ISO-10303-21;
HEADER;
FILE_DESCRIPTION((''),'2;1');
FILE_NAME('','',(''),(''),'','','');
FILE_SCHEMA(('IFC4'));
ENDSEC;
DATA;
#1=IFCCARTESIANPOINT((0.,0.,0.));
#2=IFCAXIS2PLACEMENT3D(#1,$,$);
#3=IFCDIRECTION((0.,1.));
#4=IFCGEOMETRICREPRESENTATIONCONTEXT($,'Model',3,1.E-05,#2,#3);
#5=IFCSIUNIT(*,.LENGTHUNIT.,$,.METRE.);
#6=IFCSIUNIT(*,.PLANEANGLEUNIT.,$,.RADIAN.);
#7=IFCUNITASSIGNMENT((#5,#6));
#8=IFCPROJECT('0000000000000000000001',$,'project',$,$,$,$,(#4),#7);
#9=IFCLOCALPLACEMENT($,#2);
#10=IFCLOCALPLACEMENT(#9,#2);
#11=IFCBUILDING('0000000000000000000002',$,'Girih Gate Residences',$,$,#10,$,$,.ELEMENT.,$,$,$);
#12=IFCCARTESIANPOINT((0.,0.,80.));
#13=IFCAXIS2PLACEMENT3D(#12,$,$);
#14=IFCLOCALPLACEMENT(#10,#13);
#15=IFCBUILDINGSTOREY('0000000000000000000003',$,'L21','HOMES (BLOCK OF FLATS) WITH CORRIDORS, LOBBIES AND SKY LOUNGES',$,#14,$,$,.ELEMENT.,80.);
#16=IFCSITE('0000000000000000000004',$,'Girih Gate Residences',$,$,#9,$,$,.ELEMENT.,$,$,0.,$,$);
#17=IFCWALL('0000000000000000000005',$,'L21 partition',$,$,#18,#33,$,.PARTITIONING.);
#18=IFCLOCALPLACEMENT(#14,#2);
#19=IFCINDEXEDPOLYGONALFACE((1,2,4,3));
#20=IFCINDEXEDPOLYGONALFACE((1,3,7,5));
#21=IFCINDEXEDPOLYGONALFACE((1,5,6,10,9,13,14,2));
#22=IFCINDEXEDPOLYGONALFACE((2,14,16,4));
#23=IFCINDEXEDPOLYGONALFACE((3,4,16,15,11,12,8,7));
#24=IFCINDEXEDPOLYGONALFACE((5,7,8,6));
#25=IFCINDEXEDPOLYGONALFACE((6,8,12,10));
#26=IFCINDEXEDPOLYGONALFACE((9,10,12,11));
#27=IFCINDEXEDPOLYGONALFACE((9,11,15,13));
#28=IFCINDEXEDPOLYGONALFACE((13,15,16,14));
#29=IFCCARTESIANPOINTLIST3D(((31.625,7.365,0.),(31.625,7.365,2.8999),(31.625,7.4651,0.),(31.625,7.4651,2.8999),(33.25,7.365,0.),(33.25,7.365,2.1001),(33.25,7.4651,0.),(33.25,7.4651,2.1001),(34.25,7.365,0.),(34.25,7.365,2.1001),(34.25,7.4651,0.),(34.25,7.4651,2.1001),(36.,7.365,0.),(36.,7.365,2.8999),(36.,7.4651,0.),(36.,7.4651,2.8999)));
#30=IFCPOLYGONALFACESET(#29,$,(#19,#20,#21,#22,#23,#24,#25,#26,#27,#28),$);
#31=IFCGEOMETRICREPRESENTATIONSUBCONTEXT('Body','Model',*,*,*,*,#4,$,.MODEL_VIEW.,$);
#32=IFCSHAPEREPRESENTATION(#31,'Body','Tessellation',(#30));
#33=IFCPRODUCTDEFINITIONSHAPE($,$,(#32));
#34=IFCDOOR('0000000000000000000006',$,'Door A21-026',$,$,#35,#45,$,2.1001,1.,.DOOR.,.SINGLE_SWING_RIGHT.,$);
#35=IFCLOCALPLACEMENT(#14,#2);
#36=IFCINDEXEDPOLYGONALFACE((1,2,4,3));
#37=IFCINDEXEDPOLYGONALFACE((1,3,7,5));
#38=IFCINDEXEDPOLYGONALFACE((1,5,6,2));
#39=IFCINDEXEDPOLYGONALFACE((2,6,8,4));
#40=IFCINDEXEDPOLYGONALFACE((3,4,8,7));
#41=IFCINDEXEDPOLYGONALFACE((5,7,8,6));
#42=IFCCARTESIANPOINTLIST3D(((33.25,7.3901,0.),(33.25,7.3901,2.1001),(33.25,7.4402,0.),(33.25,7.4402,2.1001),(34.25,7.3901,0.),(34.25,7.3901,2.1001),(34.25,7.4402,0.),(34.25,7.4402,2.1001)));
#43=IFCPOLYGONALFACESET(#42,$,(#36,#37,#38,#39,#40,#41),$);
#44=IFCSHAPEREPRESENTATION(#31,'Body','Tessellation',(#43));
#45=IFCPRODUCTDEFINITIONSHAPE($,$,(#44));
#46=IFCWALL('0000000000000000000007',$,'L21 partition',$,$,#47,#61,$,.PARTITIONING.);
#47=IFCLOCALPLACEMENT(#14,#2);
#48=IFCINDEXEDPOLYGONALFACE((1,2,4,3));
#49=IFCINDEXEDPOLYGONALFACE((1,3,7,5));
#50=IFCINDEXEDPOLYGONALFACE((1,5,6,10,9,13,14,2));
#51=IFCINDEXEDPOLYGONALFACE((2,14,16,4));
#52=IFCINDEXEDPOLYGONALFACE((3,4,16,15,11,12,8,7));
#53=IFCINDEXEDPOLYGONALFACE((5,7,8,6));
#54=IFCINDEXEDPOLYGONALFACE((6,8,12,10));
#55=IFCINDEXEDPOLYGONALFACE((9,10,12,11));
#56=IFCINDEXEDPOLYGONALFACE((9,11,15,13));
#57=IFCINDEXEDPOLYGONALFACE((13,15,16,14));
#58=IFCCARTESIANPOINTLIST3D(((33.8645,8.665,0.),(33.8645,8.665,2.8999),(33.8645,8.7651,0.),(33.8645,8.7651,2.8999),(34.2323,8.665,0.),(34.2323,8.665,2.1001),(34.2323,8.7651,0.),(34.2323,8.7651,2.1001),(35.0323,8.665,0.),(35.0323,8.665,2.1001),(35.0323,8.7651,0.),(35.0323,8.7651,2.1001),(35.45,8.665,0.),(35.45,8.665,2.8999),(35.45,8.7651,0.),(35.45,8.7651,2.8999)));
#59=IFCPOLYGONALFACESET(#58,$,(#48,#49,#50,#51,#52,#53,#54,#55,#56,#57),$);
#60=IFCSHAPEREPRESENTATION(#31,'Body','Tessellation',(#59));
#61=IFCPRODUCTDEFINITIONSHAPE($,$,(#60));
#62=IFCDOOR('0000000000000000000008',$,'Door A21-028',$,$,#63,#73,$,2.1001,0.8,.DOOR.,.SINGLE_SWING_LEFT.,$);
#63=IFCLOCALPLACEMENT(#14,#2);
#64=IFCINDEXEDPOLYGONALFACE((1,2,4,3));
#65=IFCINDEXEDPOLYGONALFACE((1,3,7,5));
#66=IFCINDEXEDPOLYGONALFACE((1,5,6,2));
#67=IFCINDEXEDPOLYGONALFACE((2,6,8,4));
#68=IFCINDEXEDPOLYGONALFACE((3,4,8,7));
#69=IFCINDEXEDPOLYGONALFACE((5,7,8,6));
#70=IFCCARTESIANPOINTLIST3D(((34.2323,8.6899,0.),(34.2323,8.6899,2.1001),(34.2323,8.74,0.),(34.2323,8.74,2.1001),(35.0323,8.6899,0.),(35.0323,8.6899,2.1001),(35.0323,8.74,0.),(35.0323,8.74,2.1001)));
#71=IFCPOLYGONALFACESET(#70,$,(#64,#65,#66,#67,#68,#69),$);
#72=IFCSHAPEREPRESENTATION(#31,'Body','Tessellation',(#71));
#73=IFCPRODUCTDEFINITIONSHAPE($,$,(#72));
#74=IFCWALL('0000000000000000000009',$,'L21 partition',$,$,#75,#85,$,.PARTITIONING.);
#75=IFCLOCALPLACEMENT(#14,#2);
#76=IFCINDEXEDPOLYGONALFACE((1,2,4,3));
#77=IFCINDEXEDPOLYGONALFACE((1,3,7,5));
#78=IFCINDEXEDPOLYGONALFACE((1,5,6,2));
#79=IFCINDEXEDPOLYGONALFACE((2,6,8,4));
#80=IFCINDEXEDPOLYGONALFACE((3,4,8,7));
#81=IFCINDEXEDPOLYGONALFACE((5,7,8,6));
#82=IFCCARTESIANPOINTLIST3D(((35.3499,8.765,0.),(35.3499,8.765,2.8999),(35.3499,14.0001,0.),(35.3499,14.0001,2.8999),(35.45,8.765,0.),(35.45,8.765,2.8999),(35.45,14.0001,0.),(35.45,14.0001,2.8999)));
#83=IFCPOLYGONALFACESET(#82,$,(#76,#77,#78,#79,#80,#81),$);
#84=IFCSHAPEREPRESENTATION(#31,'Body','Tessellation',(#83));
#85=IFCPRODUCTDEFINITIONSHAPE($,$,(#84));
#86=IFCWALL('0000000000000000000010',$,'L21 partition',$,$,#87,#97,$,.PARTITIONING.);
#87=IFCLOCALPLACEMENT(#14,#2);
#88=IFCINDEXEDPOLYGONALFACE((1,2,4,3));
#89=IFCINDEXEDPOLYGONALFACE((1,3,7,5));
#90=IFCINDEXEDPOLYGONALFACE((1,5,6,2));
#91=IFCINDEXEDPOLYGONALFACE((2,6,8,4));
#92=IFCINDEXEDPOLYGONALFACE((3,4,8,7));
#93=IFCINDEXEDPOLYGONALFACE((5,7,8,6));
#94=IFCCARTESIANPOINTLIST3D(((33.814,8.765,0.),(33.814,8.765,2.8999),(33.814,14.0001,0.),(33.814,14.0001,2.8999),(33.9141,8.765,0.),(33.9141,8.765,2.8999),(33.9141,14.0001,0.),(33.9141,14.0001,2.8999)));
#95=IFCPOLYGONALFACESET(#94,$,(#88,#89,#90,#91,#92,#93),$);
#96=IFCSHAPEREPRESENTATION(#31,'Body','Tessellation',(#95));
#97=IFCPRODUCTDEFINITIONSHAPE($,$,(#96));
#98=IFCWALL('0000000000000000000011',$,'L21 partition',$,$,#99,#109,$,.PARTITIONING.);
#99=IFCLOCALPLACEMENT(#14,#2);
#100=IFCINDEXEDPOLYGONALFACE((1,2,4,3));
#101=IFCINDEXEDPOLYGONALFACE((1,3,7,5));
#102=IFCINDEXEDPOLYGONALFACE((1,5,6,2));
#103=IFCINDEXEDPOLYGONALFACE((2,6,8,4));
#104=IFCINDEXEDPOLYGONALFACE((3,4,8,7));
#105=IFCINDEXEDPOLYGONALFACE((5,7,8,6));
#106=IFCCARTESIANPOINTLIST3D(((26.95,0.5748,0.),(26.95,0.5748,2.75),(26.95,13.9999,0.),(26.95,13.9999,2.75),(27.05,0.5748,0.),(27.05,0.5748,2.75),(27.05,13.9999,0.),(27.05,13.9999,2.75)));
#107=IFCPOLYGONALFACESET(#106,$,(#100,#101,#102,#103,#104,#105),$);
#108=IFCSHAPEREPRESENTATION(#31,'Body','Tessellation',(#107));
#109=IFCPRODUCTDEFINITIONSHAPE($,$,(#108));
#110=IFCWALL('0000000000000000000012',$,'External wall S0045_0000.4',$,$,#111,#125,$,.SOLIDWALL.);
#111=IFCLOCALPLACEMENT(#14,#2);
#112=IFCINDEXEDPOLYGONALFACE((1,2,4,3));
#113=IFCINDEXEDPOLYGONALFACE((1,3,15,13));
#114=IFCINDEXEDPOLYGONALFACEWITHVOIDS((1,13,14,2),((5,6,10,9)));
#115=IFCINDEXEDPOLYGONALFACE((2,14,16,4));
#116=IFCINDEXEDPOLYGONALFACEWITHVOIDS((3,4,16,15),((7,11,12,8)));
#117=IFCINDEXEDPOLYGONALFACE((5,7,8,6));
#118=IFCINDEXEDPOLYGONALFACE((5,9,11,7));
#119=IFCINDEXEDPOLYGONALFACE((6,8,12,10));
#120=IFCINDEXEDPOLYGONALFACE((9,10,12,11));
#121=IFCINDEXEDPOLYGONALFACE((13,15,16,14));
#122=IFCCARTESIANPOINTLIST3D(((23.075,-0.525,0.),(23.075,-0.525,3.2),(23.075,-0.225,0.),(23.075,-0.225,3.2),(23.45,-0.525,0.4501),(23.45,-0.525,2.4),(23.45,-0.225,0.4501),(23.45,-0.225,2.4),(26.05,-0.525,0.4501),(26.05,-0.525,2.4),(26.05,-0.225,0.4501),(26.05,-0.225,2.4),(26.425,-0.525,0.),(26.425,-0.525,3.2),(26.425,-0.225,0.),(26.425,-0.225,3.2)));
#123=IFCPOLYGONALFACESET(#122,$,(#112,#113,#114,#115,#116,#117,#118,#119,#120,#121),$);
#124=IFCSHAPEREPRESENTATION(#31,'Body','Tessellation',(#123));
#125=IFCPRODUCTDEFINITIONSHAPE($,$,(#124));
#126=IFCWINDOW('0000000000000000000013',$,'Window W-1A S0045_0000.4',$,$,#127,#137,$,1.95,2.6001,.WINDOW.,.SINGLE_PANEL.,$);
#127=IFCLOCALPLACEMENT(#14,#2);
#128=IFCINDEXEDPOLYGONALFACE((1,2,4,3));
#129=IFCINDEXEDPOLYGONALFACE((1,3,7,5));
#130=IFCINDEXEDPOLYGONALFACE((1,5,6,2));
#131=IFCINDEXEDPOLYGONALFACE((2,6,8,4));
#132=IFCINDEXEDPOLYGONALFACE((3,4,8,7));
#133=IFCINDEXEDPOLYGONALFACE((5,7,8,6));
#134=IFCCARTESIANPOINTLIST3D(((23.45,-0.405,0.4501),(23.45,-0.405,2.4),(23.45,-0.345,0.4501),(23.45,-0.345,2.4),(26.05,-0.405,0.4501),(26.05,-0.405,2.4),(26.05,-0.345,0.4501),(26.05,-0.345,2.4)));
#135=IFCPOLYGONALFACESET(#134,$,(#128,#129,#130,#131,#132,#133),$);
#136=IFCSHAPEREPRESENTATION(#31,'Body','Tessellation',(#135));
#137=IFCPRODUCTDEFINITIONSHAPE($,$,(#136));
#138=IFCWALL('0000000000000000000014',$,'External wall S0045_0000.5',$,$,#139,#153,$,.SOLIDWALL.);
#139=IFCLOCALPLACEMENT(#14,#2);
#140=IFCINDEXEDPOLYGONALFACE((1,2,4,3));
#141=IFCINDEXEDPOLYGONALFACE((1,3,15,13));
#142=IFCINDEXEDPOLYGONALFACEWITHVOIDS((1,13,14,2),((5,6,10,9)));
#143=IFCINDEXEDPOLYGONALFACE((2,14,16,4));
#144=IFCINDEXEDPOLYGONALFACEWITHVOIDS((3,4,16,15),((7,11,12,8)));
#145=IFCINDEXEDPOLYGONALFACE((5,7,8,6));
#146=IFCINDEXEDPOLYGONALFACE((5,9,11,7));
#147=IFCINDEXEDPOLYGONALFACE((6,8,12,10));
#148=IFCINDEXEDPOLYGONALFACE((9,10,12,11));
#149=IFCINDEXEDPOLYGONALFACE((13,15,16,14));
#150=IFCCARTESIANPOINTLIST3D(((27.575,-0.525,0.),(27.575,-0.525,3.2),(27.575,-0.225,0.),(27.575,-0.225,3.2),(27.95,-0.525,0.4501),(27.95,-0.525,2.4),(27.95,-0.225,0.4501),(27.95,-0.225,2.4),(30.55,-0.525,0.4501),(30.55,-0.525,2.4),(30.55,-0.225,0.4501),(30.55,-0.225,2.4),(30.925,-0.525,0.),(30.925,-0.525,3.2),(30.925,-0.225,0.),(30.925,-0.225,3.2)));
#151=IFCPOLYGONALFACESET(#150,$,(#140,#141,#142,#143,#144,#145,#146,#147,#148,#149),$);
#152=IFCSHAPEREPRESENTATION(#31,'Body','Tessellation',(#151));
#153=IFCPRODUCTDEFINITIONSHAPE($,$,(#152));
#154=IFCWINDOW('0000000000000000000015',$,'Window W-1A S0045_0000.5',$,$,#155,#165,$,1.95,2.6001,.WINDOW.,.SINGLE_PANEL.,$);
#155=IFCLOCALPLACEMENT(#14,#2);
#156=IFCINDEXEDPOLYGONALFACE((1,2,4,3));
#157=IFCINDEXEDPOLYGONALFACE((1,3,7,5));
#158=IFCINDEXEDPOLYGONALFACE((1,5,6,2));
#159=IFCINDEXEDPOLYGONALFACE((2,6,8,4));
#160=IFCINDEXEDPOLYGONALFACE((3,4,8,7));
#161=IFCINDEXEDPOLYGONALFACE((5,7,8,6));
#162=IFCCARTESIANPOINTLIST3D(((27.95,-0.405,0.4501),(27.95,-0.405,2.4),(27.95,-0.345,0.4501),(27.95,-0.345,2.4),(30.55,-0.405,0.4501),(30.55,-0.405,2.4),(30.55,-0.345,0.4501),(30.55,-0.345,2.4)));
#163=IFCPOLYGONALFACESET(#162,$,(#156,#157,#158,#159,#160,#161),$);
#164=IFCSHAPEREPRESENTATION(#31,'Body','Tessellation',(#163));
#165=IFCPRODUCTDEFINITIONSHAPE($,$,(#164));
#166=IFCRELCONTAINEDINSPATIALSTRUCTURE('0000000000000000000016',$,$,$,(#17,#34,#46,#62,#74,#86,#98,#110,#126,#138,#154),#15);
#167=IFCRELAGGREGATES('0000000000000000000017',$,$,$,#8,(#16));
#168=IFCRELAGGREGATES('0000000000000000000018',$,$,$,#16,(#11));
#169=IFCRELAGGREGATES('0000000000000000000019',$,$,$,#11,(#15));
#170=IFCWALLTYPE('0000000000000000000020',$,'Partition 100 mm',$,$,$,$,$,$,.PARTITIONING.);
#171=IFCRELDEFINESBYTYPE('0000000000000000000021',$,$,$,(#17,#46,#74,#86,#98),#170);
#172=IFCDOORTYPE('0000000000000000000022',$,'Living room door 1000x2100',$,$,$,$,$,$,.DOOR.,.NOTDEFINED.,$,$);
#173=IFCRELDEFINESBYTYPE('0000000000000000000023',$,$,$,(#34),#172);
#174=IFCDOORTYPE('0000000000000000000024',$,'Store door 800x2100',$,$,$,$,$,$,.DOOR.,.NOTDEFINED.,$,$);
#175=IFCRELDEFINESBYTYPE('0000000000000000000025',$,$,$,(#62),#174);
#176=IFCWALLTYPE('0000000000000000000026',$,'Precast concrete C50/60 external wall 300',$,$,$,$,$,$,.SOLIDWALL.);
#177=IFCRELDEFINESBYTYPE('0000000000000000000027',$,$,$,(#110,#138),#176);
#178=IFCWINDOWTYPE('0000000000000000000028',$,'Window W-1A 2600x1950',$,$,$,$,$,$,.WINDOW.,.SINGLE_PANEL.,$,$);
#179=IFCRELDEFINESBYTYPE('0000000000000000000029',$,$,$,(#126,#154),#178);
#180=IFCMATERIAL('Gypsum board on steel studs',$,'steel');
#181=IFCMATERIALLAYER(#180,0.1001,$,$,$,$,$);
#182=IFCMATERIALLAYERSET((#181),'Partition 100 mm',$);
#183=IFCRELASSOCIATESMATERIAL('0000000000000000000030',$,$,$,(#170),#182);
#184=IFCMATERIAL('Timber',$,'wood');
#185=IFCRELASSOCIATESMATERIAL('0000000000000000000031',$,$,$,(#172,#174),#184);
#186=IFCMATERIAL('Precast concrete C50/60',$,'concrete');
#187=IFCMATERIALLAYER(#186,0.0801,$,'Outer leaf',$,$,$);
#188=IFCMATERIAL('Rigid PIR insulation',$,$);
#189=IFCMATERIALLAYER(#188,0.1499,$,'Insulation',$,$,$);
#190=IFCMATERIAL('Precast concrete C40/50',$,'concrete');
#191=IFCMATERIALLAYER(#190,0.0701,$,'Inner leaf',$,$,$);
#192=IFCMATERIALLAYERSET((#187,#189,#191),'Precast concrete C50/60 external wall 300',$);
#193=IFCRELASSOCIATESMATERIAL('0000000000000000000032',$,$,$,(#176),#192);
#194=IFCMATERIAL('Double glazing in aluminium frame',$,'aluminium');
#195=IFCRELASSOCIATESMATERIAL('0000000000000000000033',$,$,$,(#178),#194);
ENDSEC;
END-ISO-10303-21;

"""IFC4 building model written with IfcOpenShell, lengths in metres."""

from ifc_helpers import new_model, si_unit, direction, frame, frame_2d, origin, place, context, subcontext, project, spatial, rectangle, extrude, material, layer, layer_set, type_object, element, fill, save


model = new_model("IFC4")

# Units and contexts
model_context = context("Model", 3, precision=1e-05, world=origin(), true_north=direction((0.0, 1.0)))
body_context = subcontext(model_context, "Body", "Model", "MODEL_VIEW")
ifc_project = project(units=[si_unit("LENGTHUNIT", "METRE"), si_unit("PLANEANGLEUNIT", "RADIAN")], contexts=[model_context])

# Site, building, storey
site_placement = place(None, origin())
site = spatial("IfcSite", under=ifc_project, at=site_placement, Name="Girih Gate Residences", CompositionType="ELEMENT", RefElevation=0.0)
building_placement = place(site_placement, origin())
building = spatial("IfcBuilding", under=site, at=building_placement, Name="Girih Gate Residences", CompositionType="ELEMENT")
storey_placement = place(building_placement, frame((0.0, 0.0, 80.0)))
storey = spatial("IfcBuildingStorey", under=building, at=storey_placement, Name="L21", Description="HOMES (BLOCK OF FLATS) WITH CORRIDORS, LOBBIES AND SKY LOUNGES", CompositionType="ELEMENT", Elevation=80.0)

# Shared definitions
ifc_material_1 = material(Name="Gypsum board on steel studs", Category="steel")
ifc_layer_1 = layer(ifc_material_1, 0.1001)
ifc_layer_set_1 = layer_set([ifc_layer_1], Name="Partition 100 mm")
wall_type_1 = type_object("IfcWallType", Name="Partition 100 mm", PredefinedType="PARTITIONING", material=ifc_layer_set_1)

# Walls, openings, doors
ifc_material_2 = material(Name="Timber", Category="wood")
wall_1_placement = place(storey_placement, frame((36.0, 7.415, 0.0), z_axis=(0.0, 0.0, 1.0), x_axis=(-1.0, 0.0, 0.0)))
wall_1 = element("IfcWall", 1, at=wall_1_placement, inside=storey, type_object=wall_type_1, Name="L21 partition", PredefinedType="PARTITIONING", context=body_context, shape_type="SweptSolid", body=[
    extrude(rectangle(XDim=4.375, YDim=0.1001, at=frame_2d((2.1875, 0.0))), origin(), (0.0, 0.0, 1.0), 2.8999),
])
opening_1_placement = place(wall_1_placement, frame((1.75, 0.0, 0.0)))
opening_1 = element("IfcOpeningElement", 2, at=opening_1_placement, cuts=wall_1, PredefinedType="OPENING", context=body_context, shape_type="SweptSolid", body=[
    extrude(rectangle(XDim=1.0, YDim=2.1001, at=frame_2d((0.5, 1.05))), frame((0.0, 0.0601, 0.0), z_axis=(0.0, -1.0, 0.0), x_axis=(1.0, 0.0, 0.0)), (0.0, 0.0, 1.0), 0.1201),
])
door_type_1 = type_object("IfcDoorType", Name="Living room door 1000x2100", OperationType="NOTDEFINED", PredefinedType="DOOR", material=ifc_material_2)
door_1_placement = place(opening_1_placement, origin())
door_1 = element("IfcDoor", 3, at=door_1_placement, inside=storey, type_object=door_type_1, Name="Door A21-026", OperationType="SINGLE_SWING_RIGHT", OverallHeight=2.1001, OverallWidth=1.0, PredefinedType="DOOR", context=body_context, shape_type="SweptSolid", body=[
    extrude(rectangle(XDim=1.0, YDim=2.1001, at=frame_2d((0.5, 1.05))), frame((0.0, 0.0249, 0.0), z_axis=(0.0, -1.0, 0.0), x_axis=(1.0, 0.0, 0.0)), (0.0, 0.0, 1.0), 0.05),
])
fill(opening_1, door_1)
wall_2_placement = place(storey_placement, frame((33.8645, 8.7151, 0.0), z_axis=(0.0, 0.0, 1.0), x_axis=(1.0, 0.0, 0.0)))
wall_2 = element("IfcWall", 4, at=wall_2_placement, inside=storey, type_object=wall_type_1, Name="L21 partition", PredefinedType="PARTITIONING", context=body_context, shape_type="SweptSolid", body=[
    extrude(rectangle(XDim=1.5854, YDim=0.1001, at=frame_2d((0.7927, 0.0))), origin(), (0.0, 0.0, 1.0), 2.8999),
])
opening_2_placement = place(wall_2_placement, frame((0.3679, 0.0, 0.0)))
opening_2 = element("IfcOpeningElement", 5, at=opening_2_placement, cuts=wall_2, PredefinedType="OPENING", context=body_context, shape_type="SweptSolid", body=[
    extrude(rectangle(XDim=0.8, YDim=2.1001, at=frame_2d((0.3999, 1.05))), frame((0.0, 0.0601, 0.0), z_axis=(0.0, -1.0, 0.0), x_axis=(1.0, 0.0, 0.0)), (0.0, 0.0, 1.0), 0.1201),
])
door_type_2 = type_object("IfcDoorType", Name="Store door 800x2100", OperationType="NOTDEFINED", PredefinedType="DOOR", material=ifc_material_2)
door_2_placement = place(opening_2_placement, origin())
door_2 = element("IfcDoor", 6, at=door_2_placement, inside=storey, type_object=door_type_2, Name="Door A21-028", OperationType="SINGLE_SWING_LEFT", OverallHeight=2.1001, OverallWidth=0.8, PredefinedType="DOOR", context=body_context, shape_type="SweptSolid", body=[
    extrude(rectangle(XDim=0.8, YDim=2.1001, at=frame_2d((0.3999, 1.05))), frame((0.0, 0.0249, 0.0), z_axis=(0.0, -1.0, 0.0), x_axis=(1.0, 0.0, 0.0)), (0.0, 0.0, 1.0), 0.05),
])
fill(opening_2, door_2)

# Walls
for number, where, z_axis, x_axis, name in (
    (7, (35.3999, 8.7649, 0.0), (0.0, 0.0, 1.0), (0.0, 1.0, 0.0), "L21 partition"),
    (8, (33.864, 8.7649, 0.0), (0.0, 0.0, 1.0), (0.0, 1.0, 0.0), "L21 partition"),
):
    element("IfcWall", number, at=place(storey_placement, frame(where, z_axis=z_axis, x_axis=x_axis)), inside=storey, type_object=wall_type_1, Name=name, PredefinedType="PARTITIONING", context=body_context, shape_type="SweptSolid", body=[
        extrude(rectangle(XDim=5.2351, YDim=0.1001, at=frame_2d((2.6177, 0.0))), origin(), (0.0, 0.0, 1.0), 2.8999),
    ])
wall_3_placement = place(storey_placement, frame((27.0, 0.575, 0.0), z_axis=(0.0, 0.0, 1.0), x_axis=(0.0, 1.0, 0.0)))
element("IfcWall", 9, at=wall_3_placement, inside=storey, type_object=wall_type_1, Name="L21 partition", PredefinedType="PARTITIONING", context=body_context, shape_type="SweptSolid", body=[
    extrude(rectangle(XDim=13.425, YDim=0.1001, at=frame_2d((6.7124, 0.0))), origin(), (0.0, 0.0, 1.0), 2.75),
])

# Walls, openings, windows
ifc_material_3 = material(Name="Precast concrete C50/60", Category="concrete")
ifc_layer_2 = layer(ifc_material_3, 0.0801, Name="Outer leaf")
ifc_material_4 = material(Name="Rigid PIR insulation")
ifc_layer_3 = layer(ifc_material_4, 0.1499, Name="Insulation")
ifc_material_5 = material(Name="Precast concrete C40/50", Category="concrete")
ifc_layer_4 = layer(ifc_material_5, 0.0701, Name="Inner leaf")
ifc_layer_set_2 = layer_set([ifc_layer_2, ifc_layer_3, ifc_layer_4], Name="Precast concrete C50/60 external wall 300")
wall_type_2 = type_object("IfcWallType", Name="Precast concrete C50/60 external wall 300", PredefinedType="SOLIDWALL", material=ifc_layer_set_2)
wall_4_placement = place(storey_placement, frame((26.425, -0.375, 0.0), z_axis=(0.0, 0.0, 1.0), x_axis=(-1.0, 0.0, 0.0)))
wall_4 = element("IfcWall", 10, at=wall_4_placement, inside=storey, type_object=wall_type_2, Name="External wall S0045_0000.4", PredefinedType="SOLIDWALL", context=body_context, shape_type="SweptSolid", body=[
    extrude(rectangle(XDim=3.3501, YDim=0.3, at=frame_2d((1.675, 0.0))), origin(), (0.0, 0.0, 1.0), 3.2),
])
opening_3_placement = place(wall_4_placement, frame((0.375, 0.0, 0.45)))
opening_3 = element("IfcOpeningElement", 11, at=opening_3_placement, cuts=wall_4, PredefinedType="OPENING", context=body_context, shape_type="SweptSolid", body=[
    extrude(rectangle(XDim=2.6001, YDim=1.95, at=frame_2d((1.3, 0.9751))), frame((0.0, 0.1599, 0.0), z_axis=(0.0, -1.0, 0.0), x_axis=(1.0, 0.0, 0.0)), (0.0, 0.0, 1.0), 0.3201),
])
ifc_material_6 = material(Name="Double glazing in aluminium frame", Category="aluminium")
window_type = type_object("IfcWindowType", Name="Window W-1A 2600x1950", PartitioningType="SINGLE_PANEL", PredefinedType="WINDOW", material=ifc_material_6)
window_1_placement = place(opening_3_placement, origin())
window_1 = element("IfcWindow", 12, at=window_1_placement, inside=storey, type_object=window_type, Name="Window W-1A S0045_0000.4", OverallHeight=1.95, OverallWidth=2.6001, PartitioningType="SINGLE_PANEL", PredefinedType="WINDOW", context=body_context, shape_type="SweptSolid", body=[
    extrude(rectangle(XDim=2.6001, YDim=1.95, at=frame_2d((1.3, 0.9751))), frame((0.0, 0.03, 0.0), z_axis=(0.0, -1.0, 0.0), x_axis=(1.0, 0.0, 0.0)), (0.0, 0.0, 1.0), 0.0601),
])
fill(opening_3, window_1)
wall_5_placement = place(storey_placement, frame((30.925, -0.375, 0.0), z_axis=(0.0, 0.0, 1.0), x_axis=(-1.0, 0.0, 0.0)))
wall_5 = element("IfcWall", 13, at=wall_5_placement, inside=storey, type_object=wall_type_2, Name="External wall S0045_0000.5", PredefinedType="SOLIDWALL", context=body_context, shape_type="SweptSolid", body=[
    extrude(rectangle(XDim=3.3501, YDim=0.3, at=frame_2d((1.675, 0.0))), origin(), (0.0, 0.0, 1.0), 3.2),
])
opening_4_placement = place(wall_5_placement, frame((0.375, 0.0, 0.45)))
opening_4 = element("IfcOpeningElement", 14, at=opening_4_placement, cuts=wall_5, PredefinedType="OPENING", context=body_context, shape_type="SweptSolid", body=[
    extrude(rectangle(XDim=2.6001, YDim=1.95, at=frame_2d((1.3, 0.9751))), frame((0.0, 0.1599, 0.0), z_axis=(0.0, -1.0, 0.0), x_axis=(1.0, 0.0, 0.0)), (0.0, 0.0, 1.0), 0.3201),
])
window_2_placement = place(opening_4_placement, origin())
window_2 = element("IfcWindow", 15, at=window_2_placement, inside=storey, type_object=window_type, Name="Window W-1A S0045_0000.5", OverallHeight=1.95, OverallWidth=2.6001, PartitioningType="SINGLE_PANEL", PredefinedType="WINDOW", context=body_context, shape_type="SweptSolid", body=[
    extrude(rectangle(XDim=2.6001, YDim=1.95, at=frame_2d((1.3, 0.9751))), frame((0.0, 0.03, 0.0), z_axis=(0.0, -1.0, 0.0), x_axis=(1.0, 0.0, 0.0)), (0.0, 0.0, 1.0), 0.0601),
])
fill(opening_4, window_2)

save(model, "model.ifc")
